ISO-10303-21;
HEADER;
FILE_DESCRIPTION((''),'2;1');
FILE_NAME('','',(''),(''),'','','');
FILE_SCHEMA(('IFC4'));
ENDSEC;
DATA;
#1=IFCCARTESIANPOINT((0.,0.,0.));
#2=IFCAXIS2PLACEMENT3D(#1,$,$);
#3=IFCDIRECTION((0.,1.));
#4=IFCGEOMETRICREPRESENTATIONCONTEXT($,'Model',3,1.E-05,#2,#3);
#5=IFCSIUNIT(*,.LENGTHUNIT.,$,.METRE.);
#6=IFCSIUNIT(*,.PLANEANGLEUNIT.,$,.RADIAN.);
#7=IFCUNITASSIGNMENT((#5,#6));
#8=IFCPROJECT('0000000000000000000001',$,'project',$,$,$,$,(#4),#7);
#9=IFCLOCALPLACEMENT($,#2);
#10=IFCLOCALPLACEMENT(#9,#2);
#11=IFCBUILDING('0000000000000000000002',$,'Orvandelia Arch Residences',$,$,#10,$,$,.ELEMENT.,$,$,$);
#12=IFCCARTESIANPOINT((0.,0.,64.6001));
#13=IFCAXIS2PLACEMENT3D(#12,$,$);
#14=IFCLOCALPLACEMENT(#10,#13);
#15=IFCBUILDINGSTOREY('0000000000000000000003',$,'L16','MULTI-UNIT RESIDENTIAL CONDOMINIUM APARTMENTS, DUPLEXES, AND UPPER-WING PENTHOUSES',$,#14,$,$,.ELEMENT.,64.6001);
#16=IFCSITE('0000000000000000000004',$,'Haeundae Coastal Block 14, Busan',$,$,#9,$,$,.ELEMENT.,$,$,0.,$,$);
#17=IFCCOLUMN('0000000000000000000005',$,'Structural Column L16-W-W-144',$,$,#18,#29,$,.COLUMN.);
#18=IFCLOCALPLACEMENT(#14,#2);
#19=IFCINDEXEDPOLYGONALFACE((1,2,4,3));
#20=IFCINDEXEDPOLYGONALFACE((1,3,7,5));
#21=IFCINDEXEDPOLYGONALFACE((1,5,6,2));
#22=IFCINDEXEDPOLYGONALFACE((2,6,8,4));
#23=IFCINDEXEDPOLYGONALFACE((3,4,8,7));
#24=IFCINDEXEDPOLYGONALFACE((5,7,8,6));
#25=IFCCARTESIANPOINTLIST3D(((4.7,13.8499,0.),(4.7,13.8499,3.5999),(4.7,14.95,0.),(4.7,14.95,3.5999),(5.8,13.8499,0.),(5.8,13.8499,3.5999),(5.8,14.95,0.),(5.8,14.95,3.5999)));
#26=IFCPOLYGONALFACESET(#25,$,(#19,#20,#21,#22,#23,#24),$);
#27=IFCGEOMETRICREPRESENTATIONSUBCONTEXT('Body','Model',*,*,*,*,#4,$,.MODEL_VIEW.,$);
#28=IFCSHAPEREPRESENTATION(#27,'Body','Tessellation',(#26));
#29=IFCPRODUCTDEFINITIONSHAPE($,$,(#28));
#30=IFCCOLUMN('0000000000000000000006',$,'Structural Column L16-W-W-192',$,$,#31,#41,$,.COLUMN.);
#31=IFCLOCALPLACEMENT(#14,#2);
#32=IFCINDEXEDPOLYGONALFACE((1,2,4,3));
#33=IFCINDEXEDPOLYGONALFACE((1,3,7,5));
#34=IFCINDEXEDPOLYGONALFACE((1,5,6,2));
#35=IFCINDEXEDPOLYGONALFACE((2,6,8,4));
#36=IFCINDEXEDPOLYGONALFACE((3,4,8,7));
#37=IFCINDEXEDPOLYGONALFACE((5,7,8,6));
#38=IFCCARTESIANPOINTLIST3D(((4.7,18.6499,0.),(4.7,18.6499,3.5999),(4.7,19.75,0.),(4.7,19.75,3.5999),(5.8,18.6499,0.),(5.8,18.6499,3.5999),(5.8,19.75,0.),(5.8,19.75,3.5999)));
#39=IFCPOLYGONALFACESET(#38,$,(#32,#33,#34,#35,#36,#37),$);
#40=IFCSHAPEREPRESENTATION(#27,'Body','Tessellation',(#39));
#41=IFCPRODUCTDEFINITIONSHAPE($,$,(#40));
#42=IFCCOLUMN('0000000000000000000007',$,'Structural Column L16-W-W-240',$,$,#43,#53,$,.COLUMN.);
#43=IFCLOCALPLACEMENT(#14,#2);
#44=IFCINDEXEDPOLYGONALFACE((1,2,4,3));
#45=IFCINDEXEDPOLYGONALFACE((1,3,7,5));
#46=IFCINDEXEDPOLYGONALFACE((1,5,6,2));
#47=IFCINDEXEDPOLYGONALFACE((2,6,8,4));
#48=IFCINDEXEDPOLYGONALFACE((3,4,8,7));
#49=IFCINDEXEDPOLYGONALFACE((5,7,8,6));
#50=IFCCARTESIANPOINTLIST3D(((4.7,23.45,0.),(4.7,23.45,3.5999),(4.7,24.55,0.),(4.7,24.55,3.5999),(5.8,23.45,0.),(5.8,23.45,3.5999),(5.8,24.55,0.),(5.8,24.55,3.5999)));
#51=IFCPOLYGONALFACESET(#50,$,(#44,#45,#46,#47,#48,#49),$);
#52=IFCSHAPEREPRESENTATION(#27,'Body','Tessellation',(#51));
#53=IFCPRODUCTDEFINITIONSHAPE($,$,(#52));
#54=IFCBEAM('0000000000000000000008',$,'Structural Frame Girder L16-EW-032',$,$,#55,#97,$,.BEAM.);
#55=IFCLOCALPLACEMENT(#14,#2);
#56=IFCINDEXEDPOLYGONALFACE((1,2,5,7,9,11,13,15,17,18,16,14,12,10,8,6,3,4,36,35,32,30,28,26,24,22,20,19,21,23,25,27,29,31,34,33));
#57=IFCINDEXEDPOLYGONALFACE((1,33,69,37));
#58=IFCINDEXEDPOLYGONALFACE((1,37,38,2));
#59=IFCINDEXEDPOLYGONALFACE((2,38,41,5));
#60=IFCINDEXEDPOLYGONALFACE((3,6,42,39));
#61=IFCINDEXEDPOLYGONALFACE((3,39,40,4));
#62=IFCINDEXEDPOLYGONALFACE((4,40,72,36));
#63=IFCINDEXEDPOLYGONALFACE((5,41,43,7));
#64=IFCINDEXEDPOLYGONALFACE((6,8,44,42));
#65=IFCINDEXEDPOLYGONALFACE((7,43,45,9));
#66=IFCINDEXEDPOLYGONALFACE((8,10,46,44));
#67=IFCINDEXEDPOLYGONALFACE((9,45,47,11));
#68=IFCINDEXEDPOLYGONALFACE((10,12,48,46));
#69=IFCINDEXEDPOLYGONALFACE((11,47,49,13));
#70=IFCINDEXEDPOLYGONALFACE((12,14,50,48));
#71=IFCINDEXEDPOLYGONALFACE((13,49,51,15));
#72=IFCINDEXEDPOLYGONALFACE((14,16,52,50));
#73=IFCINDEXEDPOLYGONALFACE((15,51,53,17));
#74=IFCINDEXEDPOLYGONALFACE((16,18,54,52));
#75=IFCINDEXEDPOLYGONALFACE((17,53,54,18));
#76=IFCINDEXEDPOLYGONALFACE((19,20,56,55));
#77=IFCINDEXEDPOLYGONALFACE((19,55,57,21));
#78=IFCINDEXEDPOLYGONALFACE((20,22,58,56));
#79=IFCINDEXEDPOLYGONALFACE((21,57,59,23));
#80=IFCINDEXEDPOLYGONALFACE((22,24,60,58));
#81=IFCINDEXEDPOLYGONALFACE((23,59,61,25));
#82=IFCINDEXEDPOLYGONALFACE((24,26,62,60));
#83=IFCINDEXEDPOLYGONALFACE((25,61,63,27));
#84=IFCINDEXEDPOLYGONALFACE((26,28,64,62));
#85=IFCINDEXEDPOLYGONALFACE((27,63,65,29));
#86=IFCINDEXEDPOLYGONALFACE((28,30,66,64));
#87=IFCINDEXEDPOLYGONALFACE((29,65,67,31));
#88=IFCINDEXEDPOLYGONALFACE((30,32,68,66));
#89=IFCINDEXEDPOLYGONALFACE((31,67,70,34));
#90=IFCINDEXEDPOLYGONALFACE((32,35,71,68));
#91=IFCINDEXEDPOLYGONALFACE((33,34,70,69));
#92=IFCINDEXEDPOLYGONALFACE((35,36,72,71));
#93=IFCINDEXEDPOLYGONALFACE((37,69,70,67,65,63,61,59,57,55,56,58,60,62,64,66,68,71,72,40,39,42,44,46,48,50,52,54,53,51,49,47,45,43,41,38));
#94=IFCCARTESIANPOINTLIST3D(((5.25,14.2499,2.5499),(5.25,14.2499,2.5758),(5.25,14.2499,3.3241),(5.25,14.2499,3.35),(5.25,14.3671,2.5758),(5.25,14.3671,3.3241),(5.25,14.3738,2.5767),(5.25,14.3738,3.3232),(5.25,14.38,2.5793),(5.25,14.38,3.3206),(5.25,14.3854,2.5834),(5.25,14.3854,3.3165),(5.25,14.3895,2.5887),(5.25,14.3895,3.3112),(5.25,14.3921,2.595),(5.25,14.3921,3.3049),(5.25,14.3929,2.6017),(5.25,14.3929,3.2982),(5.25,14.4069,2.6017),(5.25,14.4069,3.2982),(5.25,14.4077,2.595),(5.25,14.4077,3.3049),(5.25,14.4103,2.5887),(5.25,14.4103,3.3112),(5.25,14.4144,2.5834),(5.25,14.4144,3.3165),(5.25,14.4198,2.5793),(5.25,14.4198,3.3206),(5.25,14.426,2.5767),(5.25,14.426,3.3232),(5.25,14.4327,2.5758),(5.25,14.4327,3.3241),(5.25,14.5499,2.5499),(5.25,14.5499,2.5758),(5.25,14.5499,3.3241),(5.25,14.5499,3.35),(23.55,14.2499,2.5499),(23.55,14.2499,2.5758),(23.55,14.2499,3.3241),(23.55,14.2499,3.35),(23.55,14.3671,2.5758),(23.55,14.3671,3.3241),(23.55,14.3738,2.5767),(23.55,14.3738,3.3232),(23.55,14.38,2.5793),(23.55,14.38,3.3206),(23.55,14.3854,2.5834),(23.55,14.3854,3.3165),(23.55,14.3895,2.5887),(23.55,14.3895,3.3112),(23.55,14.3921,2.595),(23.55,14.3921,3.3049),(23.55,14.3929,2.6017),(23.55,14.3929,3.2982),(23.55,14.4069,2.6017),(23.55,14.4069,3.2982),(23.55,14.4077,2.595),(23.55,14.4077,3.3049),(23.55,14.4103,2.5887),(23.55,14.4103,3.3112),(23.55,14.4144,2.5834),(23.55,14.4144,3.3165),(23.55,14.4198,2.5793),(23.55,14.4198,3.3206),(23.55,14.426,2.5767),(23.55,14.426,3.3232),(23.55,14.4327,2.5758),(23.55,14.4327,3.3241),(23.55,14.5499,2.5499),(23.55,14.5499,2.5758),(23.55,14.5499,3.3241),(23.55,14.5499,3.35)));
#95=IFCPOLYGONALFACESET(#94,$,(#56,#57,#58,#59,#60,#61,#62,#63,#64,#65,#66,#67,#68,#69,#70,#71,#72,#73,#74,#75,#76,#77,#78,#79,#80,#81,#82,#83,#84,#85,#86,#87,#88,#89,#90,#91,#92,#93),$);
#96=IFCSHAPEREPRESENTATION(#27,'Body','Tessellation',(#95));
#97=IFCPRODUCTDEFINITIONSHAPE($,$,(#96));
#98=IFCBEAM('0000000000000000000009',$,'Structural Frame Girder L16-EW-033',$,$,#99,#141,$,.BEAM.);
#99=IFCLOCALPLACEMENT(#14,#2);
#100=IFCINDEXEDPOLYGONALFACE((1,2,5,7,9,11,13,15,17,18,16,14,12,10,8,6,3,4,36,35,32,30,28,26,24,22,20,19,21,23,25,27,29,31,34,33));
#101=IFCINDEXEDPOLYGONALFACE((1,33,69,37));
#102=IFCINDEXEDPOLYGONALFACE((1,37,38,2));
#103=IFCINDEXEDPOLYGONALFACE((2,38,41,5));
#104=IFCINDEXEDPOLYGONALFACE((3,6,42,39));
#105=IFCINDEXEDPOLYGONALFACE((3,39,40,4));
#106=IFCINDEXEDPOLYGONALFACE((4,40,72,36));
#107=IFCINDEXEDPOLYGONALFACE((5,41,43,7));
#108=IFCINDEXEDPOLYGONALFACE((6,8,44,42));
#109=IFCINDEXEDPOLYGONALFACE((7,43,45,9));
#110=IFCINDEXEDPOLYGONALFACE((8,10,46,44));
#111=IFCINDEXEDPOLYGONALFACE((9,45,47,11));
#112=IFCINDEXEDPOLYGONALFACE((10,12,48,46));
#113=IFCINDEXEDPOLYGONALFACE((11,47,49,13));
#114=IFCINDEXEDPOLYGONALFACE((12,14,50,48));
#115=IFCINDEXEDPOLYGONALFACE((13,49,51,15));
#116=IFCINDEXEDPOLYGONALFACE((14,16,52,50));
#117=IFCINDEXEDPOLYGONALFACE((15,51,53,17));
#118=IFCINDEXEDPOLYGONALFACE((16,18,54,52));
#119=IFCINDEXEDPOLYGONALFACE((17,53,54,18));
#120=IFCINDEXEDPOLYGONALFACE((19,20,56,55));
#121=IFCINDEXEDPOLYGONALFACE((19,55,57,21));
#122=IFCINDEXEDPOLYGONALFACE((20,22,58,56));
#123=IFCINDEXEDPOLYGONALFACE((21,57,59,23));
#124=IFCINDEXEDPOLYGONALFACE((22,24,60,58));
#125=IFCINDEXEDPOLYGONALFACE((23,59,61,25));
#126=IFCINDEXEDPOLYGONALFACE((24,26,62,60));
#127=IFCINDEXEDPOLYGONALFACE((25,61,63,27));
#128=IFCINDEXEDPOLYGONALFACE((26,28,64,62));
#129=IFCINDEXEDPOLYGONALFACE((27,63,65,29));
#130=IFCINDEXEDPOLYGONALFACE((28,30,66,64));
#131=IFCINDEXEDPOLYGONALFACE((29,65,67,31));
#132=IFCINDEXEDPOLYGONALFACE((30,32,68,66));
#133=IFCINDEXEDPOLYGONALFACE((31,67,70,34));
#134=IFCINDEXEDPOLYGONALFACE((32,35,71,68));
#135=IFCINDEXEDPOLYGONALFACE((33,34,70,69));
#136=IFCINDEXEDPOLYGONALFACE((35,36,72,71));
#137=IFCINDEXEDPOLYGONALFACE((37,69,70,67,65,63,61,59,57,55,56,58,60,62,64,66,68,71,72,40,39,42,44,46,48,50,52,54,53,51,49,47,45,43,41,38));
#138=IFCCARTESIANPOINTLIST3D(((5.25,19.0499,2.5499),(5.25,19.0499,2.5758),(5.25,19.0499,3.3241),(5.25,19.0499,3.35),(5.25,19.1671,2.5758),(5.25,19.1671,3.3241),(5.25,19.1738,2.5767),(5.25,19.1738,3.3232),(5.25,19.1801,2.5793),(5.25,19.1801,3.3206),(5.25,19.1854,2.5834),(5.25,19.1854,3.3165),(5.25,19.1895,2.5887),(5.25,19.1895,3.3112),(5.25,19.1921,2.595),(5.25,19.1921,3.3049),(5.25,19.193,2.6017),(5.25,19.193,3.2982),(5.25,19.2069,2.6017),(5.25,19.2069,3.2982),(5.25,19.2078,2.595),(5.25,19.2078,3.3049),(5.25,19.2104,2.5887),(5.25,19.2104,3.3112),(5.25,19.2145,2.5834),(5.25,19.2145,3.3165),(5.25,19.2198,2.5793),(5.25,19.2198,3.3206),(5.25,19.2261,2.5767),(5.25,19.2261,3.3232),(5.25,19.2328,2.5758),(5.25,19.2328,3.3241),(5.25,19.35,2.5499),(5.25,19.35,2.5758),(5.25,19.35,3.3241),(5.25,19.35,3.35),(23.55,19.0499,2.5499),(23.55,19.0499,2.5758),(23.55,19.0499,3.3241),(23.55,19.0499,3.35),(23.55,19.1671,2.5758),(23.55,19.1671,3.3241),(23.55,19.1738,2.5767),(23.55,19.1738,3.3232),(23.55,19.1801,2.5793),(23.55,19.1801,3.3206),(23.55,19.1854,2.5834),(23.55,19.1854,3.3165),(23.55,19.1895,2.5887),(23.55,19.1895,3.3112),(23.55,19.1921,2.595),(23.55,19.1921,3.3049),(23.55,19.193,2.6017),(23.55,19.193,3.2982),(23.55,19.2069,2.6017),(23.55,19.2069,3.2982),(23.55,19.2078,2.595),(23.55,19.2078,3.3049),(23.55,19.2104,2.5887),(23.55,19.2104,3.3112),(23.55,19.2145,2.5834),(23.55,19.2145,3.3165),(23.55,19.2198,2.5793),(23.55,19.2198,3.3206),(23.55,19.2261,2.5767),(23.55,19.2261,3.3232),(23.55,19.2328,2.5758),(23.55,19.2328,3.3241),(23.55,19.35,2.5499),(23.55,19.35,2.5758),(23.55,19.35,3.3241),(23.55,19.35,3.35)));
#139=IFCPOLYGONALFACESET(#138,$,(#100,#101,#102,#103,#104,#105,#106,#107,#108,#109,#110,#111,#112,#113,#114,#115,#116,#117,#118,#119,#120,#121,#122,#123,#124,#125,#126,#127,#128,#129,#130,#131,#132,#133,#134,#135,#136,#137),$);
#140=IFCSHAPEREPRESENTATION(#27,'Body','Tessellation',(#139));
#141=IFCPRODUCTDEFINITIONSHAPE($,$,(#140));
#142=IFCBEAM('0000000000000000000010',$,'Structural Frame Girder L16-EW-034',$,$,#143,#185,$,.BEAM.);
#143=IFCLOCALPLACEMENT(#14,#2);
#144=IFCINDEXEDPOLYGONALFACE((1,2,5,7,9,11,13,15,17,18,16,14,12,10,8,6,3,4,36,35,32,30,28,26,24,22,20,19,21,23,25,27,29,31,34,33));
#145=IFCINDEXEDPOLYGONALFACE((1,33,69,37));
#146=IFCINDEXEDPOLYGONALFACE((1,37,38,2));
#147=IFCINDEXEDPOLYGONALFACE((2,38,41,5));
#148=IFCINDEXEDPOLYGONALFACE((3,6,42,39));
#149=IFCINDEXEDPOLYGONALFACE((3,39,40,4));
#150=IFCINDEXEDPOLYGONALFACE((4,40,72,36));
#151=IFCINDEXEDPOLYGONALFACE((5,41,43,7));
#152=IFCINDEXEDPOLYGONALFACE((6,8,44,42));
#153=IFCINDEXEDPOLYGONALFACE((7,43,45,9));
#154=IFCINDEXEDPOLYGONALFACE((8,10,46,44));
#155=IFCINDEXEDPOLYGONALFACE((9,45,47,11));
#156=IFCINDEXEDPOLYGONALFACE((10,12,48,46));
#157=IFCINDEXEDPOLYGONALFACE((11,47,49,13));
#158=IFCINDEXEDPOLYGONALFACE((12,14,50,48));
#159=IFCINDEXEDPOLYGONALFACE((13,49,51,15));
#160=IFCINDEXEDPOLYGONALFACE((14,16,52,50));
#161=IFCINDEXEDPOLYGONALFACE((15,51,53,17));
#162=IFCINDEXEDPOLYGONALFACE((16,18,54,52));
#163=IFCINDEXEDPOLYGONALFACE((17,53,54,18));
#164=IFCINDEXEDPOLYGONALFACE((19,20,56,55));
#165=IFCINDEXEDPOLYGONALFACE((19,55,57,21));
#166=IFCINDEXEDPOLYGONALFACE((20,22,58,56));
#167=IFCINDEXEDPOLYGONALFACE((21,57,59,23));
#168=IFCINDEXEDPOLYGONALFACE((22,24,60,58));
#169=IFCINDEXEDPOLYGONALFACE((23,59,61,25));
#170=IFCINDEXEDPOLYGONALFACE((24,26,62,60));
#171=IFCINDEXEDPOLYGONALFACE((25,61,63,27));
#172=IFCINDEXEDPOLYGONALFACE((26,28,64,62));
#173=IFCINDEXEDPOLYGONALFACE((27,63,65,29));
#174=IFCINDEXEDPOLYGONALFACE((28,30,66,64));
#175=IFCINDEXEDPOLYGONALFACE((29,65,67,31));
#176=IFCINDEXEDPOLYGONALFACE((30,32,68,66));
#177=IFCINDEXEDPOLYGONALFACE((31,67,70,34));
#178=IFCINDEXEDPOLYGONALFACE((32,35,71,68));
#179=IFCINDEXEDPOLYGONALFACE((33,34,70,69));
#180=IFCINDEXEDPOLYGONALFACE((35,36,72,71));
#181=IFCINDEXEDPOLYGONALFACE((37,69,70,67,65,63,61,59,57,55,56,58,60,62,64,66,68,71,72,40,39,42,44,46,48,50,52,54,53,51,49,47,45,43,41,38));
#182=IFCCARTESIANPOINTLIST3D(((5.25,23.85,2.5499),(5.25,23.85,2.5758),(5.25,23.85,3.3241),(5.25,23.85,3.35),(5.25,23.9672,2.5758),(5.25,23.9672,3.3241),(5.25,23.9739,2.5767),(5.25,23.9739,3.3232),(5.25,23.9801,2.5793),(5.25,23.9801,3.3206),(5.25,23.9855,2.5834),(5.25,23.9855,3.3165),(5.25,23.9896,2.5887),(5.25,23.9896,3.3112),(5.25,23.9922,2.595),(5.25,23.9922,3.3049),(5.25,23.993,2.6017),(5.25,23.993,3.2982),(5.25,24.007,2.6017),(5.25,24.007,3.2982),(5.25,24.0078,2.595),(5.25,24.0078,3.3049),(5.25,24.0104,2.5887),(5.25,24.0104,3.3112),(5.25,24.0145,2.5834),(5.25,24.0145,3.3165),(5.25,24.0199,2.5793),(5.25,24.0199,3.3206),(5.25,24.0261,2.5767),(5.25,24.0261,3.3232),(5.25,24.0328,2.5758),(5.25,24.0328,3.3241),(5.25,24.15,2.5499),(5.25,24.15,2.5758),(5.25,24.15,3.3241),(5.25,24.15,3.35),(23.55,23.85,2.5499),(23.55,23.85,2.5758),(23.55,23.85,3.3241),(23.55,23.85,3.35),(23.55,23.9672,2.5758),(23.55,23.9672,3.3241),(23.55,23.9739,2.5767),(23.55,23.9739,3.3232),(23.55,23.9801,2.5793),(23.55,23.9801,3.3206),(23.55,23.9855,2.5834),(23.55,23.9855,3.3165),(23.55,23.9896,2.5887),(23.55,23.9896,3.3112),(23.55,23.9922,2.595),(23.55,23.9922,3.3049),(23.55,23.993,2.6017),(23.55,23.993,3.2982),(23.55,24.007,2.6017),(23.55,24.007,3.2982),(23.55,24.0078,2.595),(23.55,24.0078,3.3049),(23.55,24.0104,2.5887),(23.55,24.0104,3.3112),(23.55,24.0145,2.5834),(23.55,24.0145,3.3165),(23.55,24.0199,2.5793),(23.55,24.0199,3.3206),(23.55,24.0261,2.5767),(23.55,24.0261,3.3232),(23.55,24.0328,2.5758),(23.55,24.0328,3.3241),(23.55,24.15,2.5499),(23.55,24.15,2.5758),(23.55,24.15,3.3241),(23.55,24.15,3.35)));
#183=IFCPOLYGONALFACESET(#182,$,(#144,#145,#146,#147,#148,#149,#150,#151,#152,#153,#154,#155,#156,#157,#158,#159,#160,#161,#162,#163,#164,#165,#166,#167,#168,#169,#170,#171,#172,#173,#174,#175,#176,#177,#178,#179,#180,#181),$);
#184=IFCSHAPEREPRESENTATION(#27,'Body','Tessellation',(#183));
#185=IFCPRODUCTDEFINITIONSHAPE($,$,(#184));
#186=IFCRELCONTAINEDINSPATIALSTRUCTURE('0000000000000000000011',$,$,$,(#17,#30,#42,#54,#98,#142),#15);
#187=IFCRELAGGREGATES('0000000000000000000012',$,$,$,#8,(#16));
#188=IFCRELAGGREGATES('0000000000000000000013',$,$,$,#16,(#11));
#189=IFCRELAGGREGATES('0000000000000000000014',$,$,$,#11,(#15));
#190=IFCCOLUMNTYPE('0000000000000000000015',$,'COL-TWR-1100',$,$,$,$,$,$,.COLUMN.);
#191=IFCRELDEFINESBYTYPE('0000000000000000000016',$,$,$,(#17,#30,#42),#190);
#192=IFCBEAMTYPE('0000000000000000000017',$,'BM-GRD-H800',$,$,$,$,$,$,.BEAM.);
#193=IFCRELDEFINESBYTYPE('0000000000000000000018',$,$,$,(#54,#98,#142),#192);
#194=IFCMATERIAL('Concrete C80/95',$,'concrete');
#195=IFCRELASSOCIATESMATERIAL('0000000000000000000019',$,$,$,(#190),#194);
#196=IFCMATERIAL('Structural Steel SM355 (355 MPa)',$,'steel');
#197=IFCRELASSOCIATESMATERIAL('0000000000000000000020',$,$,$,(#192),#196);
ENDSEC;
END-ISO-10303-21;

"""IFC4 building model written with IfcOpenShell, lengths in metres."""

from ifc_helpers import new_model, si_unit, direction, frame, origin, origin_2d, place, context, subcontext, project, spatial, rectangle, i_section, extrude, material, material_profile, profile_set, type_object, element, save


model = new_model("IFC4")

# Units and contexts
model_context = context("Model", 3, precision=1e-05, world=origin(), true_north=direction((0.0, 1.0)))
body_context = subcontext(model_context, "Body", "Model", "MODEL_VIEW")
ifc_project = project(units=[si_unit("LENGTHUNIT", "METRE"), si_unit("PLANEANGLEUNIT", "RADIAN")], contexts=[model_context])

# Site, building, storey
site_placement = place(None, origin())
site = spatial("IfcSite", under=ifc_project, at=site_placement, Name="Haeundae Coastal Block 14, Busan", CompositionType="ELEMENT", RefElevation=0.0)
building_placement = place(site_placement, origin())
building = spatial("IfcBuilding", under=site, at=building_placement, Name="Orvandelia Arch Residences", CompositionType="ELEMENT")
storey_placement = place(building_placement, frame((0.0, 0.0, 64.6001)))
storey = spatial("IfcBuildingStorey", under=building, at=storey_placement, Name="L16", Description="MULTI-UNIT RESIDENTIAL CONDOMINIUM APARTMENTS, DUPLEXES, AND UPPER-WING PENTHOUSES", CompositionType="ELEMENT", Elevation=64.6001)

# Columns
ifc_material_1 = material(Name="Concrete C80/95", Category="concrete")
ifc_material_profile_1 = material_profile(ifc_material_1, rectangle(XDim=1.1001, YDim=1.1001, at=origin_2d()), Name="Concrete C80/95", Category="concrete")
ifc_profile_set_1 = profile_set([ifc_material_profile_1], Name="Concrete C80/95")
column_type = type_object("IfcColumnType", Name="COL-TWR-1100", PredefinedType="COLUMN", material=ifc_profile_set_1)
for number, where, z_axis, x_axis, name in (
    (1, (5.25, 14.3999, 0.0), (0.0, 0.0, 1.0), (1.0, 0.0, 0.0), "Structural Column L16-W-W-144"),
    (2, (5.25, 19.2, 0.0), (0.0, 0.0, 1.0), (1.0, 0.0, 0.0), "Structural Column L16-W-W-192"),
    (3, (5.25, 24.0, 0.0), (0.0, 0.0, 1.0), (1.0, 0.0, 0.0), "Structural Column L16-W-W-240"),
):
    element("IfcColumn", number, at=place(storey_placement, frame(where, z_axis=z_axis, x_axis=x_axis)), inside=storey, type_object=column_type, Name=name, PredefinedType="COLUMN", context=body_context, shape_type="SweptSolid", body=[
        extrude(rectangle(XDim=1.1001, YDim=1.1001, at=origin_2d()), origin(), (0.0, 0.0, 1.0), 3.5999),
    ])

# Beams
ifc_material_2 = material(Name="Structural Steel SM355 (355 MPa)", Category="steel")
ifc_material_profile_2 = material_profile(ifc_material_2, i_section(OverallWidth=0.3, OverallDepth=0.8, WebThickness=0.0139, FlangeThickness=0.0259, FilletRadius=0.0259, at=origin_2d()), Name="Structural Steel SM355 (355 MPa)", Category="steel")
ifc_profile_set_2 = profile_set([ifc_material_profile_2], Name="Structural Steel SM355 (355 MPa)")
beam_type_1 = type_object("IfcBeamType", Name="BM-GRD-H800", PredefinedType="BEAM", material=ifc_profile_set_2)
for number, where, z_axis, x_axis, name in (
    (4, (5.25, 14.3999, 2.95), (1.0, 0.0, 0.0), (0.0, 1.0, 0.0), "Structural Frame Girder L16-EW-032"),
    (5, (5.25, 19.2, 2.95), (1.0, 0.0, 0.0), (0.0, 1.0, 0.0), "Structural Frame Girder L16-EW-033"),
    (6, (5.25, 24.0, 2.95), (1.0, 0.0, 0.0), (0.0, 1.0, 0.0), "Structural Frame Girder L16-EW-034"),
):
    element("IfcBeam", number, at=place(storey_placement, frame(where, z_axis=z_axis, x_axis=x_axis)), inside=storey, type_object=beam_type_1, Name=name, PredefinedType="BEAM", context=body_context, shape_type="SweptSolid", body=[
        extrude(i_section(OverallWidth=0.3, OverallDepth=0.8, WebThickness=0.0139, FlangeThickness=0.0259, FilletRadius=0.0259, at=origin_2d()), origin(), (0.0, 0.0, 1.0), 18.3),
    ])

save(model, "model.ifc")
